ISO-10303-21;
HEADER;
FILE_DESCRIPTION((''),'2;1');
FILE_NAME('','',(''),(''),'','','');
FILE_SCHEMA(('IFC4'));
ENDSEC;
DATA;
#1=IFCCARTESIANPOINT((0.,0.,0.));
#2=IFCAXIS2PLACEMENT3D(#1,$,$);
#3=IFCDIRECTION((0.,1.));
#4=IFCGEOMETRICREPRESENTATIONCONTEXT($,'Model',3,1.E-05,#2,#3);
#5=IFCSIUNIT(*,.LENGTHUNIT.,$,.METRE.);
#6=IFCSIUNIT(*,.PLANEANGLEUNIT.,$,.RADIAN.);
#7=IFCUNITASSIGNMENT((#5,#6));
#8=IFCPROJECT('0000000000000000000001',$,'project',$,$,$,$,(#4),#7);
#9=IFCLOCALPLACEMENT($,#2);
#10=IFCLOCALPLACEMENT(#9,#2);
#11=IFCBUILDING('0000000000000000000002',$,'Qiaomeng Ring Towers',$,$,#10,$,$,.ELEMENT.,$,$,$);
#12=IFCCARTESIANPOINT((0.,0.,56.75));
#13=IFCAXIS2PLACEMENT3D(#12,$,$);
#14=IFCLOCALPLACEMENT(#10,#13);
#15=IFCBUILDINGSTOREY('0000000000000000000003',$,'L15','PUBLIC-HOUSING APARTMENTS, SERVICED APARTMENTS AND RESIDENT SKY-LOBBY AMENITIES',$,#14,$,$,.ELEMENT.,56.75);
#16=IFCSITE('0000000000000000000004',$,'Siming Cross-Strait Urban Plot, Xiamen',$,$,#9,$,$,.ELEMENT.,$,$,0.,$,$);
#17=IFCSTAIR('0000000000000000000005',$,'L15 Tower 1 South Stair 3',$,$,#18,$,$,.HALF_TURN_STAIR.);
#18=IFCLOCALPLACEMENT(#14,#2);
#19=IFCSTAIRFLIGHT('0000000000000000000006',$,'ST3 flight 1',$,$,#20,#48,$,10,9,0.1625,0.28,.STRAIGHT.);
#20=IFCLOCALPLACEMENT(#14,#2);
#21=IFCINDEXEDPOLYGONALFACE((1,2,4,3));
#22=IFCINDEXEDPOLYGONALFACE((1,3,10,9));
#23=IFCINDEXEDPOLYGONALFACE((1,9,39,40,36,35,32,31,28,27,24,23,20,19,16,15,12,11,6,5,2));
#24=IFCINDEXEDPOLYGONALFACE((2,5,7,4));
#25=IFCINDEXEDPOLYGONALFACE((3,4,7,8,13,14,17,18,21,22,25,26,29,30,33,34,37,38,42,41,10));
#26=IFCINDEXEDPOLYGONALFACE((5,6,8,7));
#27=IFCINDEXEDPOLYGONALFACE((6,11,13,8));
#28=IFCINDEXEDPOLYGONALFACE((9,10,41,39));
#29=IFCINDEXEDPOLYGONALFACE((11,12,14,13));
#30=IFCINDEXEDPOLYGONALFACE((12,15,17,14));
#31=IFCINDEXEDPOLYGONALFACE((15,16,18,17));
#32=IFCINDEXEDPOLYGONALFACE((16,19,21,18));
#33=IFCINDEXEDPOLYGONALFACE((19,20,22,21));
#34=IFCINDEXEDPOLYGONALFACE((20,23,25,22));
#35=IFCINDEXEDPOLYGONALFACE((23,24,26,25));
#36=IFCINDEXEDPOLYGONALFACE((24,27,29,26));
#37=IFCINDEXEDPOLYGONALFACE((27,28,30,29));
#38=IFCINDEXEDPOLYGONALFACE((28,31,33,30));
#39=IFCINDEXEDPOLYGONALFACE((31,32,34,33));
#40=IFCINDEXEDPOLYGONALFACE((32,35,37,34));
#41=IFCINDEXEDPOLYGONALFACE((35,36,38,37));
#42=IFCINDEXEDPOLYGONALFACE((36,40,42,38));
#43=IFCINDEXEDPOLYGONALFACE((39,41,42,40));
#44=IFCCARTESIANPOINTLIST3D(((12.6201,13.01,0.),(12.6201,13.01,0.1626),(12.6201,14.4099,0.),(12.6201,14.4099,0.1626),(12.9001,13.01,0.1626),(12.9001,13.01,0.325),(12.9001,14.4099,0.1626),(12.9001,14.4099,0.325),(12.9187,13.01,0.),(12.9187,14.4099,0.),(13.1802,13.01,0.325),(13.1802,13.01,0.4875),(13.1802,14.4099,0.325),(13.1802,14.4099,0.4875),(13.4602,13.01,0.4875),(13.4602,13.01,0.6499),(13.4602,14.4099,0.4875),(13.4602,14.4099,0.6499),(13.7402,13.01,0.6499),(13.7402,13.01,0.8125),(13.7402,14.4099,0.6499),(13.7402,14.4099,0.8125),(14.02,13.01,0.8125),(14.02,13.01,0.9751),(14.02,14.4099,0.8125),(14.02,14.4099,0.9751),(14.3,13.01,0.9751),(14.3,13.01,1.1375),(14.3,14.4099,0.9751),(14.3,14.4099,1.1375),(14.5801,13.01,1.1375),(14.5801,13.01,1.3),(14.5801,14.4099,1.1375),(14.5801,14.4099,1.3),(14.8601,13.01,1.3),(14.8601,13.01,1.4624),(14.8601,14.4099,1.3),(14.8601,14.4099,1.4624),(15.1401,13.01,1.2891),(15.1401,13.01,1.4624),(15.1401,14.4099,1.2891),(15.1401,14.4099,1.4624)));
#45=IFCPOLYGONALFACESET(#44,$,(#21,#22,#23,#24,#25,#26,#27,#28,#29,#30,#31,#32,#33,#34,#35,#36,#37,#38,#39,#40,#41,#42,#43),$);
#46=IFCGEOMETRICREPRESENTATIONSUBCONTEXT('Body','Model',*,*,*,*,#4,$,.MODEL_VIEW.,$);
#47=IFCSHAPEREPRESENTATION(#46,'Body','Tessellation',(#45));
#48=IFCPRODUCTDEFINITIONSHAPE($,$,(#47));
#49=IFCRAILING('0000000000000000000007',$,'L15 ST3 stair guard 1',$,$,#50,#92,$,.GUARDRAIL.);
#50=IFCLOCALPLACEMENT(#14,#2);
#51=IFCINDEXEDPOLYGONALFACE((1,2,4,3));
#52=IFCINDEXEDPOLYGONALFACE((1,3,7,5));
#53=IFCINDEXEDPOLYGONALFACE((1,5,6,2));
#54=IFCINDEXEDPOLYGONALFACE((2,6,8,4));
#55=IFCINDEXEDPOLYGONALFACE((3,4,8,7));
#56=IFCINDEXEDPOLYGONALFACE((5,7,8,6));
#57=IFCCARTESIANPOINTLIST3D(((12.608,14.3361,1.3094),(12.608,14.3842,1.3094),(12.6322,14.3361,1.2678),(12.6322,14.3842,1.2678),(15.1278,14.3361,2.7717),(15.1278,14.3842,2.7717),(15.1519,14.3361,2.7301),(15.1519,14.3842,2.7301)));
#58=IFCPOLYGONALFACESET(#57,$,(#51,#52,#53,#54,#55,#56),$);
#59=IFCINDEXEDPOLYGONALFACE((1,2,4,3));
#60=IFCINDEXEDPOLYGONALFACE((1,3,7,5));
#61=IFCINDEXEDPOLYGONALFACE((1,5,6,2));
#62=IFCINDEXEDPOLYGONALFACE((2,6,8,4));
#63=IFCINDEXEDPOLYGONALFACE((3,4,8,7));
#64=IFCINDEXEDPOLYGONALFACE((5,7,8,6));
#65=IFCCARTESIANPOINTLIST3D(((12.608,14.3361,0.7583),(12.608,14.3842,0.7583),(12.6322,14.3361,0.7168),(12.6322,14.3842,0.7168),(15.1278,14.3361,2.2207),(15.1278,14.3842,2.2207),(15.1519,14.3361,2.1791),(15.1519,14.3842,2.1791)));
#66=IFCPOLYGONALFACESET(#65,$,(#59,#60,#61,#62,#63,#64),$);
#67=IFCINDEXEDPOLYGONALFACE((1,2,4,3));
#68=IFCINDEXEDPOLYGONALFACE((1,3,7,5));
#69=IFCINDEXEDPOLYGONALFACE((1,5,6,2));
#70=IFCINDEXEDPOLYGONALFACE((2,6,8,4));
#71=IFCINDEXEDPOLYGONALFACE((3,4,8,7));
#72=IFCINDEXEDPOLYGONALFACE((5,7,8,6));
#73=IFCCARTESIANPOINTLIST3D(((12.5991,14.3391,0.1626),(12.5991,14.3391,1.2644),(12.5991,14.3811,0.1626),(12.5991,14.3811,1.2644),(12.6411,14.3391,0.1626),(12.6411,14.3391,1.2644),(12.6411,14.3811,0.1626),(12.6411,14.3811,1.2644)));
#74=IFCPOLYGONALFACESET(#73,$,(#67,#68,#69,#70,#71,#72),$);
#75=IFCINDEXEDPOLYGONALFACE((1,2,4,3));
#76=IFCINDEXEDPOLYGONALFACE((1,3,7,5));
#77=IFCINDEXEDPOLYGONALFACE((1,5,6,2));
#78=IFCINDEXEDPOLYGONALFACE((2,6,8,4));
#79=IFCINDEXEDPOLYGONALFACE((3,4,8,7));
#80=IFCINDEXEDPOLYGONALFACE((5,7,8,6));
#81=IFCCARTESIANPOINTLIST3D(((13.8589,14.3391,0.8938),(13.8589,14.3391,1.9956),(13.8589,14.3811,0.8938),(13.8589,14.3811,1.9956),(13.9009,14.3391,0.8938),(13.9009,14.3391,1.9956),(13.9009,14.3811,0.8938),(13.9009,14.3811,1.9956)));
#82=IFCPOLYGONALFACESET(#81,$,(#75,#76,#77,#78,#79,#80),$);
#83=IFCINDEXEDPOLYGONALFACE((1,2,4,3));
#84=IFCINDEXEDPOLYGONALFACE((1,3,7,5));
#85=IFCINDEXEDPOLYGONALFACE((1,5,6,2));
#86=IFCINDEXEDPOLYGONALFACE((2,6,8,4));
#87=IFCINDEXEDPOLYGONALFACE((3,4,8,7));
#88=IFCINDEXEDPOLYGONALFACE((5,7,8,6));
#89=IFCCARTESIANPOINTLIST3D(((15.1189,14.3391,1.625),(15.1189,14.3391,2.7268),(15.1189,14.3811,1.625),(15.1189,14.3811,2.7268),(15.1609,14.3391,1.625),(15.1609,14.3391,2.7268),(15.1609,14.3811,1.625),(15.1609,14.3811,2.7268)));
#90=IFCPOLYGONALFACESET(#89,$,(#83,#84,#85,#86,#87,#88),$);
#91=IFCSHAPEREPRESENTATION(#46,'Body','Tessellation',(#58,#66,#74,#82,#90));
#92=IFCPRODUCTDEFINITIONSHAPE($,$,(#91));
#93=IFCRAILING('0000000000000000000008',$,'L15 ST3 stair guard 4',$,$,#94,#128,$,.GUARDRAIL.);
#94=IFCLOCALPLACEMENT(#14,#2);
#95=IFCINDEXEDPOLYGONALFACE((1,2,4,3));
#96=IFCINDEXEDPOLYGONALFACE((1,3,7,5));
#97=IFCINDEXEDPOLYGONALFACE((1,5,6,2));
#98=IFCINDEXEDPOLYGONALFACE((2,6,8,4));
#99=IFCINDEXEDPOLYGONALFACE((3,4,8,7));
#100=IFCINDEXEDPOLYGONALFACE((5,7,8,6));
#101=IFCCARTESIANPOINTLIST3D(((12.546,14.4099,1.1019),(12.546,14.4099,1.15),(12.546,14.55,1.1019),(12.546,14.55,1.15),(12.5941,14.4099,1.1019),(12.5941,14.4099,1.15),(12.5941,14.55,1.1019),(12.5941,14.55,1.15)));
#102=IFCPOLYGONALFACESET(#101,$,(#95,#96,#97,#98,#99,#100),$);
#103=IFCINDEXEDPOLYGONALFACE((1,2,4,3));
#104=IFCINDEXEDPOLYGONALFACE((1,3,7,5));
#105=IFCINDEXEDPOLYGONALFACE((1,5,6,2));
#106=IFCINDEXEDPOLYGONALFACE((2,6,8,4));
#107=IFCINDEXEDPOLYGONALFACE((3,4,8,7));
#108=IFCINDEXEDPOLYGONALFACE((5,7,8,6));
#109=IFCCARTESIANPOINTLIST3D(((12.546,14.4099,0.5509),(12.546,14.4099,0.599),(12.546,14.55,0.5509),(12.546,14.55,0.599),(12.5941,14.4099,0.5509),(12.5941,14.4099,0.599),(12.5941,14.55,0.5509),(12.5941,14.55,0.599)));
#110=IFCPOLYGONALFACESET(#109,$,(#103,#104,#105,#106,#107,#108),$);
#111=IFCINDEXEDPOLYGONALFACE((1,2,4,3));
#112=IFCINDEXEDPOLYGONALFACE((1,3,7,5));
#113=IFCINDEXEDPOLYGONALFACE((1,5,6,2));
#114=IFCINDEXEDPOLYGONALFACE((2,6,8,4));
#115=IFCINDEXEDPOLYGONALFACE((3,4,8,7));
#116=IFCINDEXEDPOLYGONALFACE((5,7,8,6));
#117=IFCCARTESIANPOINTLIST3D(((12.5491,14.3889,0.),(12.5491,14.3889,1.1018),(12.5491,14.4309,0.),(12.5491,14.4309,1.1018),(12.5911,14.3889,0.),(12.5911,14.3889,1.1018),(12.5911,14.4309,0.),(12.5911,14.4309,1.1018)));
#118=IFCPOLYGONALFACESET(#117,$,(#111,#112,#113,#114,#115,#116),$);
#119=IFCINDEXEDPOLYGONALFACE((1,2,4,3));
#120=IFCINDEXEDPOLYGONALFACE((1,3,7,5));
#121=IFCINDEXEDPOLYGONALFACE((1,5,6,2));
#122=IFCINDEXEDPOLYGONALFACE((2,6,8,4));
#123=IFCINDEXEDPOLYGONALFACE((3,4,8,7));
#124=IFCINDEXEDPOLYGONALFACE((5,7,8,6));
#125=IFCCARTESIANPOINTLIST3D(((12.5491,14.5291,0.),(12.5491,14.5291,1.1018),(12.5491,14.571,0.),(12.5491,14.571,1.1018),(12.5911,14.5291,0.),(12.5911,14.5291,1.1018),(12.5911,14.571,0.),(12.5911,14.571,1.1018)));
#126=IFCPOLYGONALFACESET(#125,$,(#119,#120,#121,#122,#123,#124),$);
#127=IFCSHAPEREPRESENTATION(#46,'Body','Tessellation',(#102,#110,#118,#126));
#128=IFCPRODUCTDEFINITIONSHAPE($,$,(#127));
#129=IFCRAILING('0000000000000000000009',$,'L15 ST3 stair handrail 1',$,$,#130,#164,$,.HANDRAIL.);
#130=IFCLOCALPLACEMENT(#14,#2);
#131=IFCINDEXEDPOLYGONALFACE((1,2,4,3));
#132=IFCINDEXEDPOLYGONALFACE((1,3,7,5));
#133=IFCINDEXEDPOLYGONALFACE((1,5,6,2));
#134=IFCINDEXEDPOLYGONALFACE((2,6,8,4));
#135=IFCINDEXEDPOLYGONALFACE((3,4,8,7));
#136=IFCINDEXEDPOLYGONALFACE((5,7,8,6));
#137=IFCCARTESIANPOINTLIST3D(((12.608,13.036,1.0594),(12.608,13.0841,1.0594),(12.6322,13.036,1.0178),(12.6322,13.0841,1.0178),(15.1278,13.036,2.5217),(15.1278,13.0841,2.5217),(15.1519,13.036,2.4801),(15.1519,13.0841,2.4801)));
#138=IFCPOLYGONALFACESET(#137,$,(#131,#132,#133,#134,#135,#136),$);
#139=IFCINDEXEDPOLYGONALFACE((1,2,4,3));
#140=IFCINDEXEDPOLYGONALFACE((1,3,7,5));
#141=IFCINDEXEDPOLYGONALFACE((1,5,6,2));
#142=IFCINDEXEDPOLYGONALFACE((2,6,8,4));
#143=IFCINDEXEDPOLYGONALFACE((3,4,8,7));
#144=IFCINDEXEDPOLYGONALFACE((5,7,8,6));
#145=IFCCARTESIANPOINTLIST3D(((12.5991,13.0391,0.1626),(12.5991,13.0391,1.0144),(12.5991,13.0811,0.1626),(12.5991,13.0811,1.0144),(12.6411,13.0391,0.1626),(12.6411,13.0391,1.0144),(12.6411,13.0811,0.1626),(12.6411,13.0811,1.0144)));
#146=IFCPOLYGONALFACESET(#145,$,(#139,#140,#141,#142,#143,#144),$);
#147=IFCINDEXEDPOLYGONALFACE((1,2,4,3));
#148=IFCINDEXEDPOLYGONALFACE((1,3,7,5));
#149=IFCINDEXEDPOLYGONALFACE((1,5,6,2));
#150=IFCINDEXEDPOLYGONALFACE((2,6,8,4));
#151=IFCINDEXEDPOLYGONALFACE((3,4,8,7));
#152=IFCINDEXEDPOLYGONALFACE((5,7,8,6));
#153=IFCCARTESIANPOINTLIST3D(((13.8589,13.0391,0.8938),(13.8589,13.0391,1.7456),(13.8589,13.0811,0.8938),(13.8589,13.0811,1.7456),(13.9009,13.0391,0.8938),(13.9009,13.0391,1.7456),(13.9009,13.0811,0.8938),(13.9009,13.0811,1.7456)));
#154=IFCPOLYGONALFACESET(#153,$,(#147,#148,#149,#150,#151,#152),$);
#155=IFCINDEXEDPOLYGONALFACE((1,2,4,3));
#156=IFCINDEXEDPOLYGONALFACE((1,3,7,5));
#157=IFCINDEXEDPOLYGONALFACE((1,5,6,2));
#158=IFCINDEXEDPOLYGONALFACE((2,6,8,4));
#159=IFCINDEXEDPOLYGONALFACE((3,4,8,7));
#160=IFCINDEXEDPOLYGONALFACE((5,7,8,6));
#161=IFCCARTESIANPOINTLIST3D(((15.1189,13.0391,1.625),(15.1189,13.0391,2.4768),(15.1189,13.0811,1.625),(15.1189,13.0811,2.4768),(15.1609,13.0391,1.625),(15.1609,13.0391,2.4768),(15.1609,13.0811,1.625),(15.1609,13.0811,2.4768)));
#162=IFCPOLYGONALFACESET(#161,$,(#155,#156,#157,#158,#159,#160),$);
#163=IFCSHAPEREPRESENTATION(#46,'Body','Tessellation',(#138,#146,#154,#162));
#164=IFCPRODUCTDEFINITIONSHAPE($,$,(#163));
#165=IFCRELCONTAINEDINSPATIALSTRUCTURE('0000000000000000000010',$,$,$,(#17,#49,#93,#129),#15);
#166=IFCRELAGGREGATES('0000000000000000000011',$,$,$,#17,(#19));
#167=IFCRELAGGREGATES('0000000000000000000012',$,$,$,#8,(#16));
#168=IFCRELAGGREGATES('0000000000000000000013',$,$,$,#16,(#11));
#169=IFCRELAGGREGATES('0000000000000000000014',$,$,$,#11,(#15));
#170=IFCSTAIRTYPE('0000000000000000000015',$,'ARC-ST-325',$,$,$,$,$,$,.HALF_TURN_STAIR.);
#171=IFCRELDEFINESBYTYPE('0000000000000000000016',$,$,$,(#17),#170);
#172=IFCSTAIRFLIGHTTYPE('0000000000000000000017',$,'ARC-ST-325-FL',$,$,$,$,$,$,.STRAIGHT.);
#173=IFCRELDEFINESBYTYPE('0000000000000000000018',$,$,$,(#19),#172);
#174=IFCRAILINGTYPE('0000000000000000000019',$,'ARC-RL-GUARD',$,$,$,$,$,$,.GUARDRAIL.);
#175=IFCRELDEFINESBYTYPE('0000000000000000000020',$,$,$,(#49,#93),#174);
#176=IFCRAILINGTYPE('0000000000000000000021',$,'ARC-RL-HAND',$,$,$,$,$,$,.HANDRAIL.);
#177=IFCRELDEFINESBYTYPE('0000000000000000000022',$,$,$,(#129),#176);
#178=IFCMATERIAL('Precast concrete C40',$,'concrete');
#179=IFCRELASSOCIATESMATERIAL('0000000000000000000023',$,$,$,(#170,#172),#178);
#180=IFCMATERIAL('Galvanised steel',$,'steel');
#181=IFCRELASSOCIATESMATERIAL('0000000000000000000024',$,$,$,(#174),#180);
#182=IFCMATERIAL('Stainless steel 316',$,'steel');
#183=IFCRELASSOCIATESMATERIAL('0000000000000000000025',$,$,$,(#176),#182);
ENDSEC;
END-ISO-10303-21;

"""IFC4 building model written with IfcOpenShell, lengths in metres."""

from ifc_helpers import new_model, si_unit, direction, frame, origin, origin_2d, place, context, subcontext, project, spatial, polyline, rectangle, outline, extrude, source, transform, mapped, material, type_object, element, aggregate, save


model = new_model("IFC4")

# Units and contexts
model_context = context("Model", 3, precision=1e-05, world=origin(), true_north=direction((0.0, 1.0)))
body_context = subcontext(model_context, "Body", "Model", "MODEL_VIEW")
ifc_project = project(units=[si_unit("LENGTHUNIT", "METRE"), si_unit("PLANEANGLEUNIT", "RADIAN")], contexts=[model_context])

# Site, building, storey
site_placement = place(None, origin())
site = spatial("IfcSite", under=ifc_project, at=site_placement, Name="Siming Cross-Strait Urban Plot, Xiamen", CompositionType="ELEMENT", RefElevation=0.0)
building_placement = place(site_placement, origin())
building = spatial("IfcBuilding", under=site, at=building_placement, Name="Qiaomeng Ring Towers", CompositionType="ELEMENT")
storey_placement = place(building_placement, frame((0.0, 0.0, 56.75)))
storey = spatial("IfcBuildingStorey", under=building, at=storey_placement, Name="L15", Description="PUBLIC-HOUSING APARTMENTS, SERVICED APARTMENTS AND RESIDENT SKY-LOBBY AMENITIES", CompositionType="ELEMENT", Elevation=56.75)

# Shared definitions
ifc_material_1 = material(Name="Galvanised steel", Category="steel")

# Shared definitions
ifc_material_2 = material(Name="Stainless steel 316", Category="steel")

# Stair, stair flight
ifc_material_3 = material(Name="Precast concrete C40", Category="concrete")
stair_type = type_object("IfcStairType", Name="ARC-ST-325", PredefinedType="HALF_TURN_STAIR", material=ifc_material_3)
stair_placement = place(storey_placement, origin())
stair = element("IfcStair", 1, at=stair_placement, inside=storey, type_object=stair_type, Name="L15 Tower 1 South Stair 3", PredefinedType="HALF_TURN_STAIR")
stair_flight_type = type_object("IfcStairFlightType", Name="ARC-ST-325-FL", PredefinedType="STRAIGHT", material=ifc_material_3)
shared_shape_1 = source(origin(), body_context, "Body", "SweptSolid", [
    extrude(outline(polyline([(0.0, 0.0), (0.0, 0.1626), (0.28, 0.1626), (0.28, 0.325), (0.5601, 0.325), (0.5601, 0.4875), (0.8401, 0.4875), (0.8401, 0.6499), (1.1201, 0.6499), (1.1201, 0.8125), (1.3999, 0.8125), (1.3999, 0.9751), (1.6799, 0.9751), (1.6799, 1.1375), (1.96, 1.1375), (1.96, 1.3), (2.24, 1.3), (2.24, 1.4624), (2.52, 1.4624), (2.52, 1.625), (2.52, 1.2891), (0.2986, 0.0), (0.0, 0.0)])), frame((0.0, 0.7, 0.0), z_axis=(0.0, -1.0, 0.0), x_axis=(1.0, 0.0, 0.0)), (0.0, 0.0, 1.0), 1.3999),
])
stair_flight_placement = place(storey_placement, frame((12.6201, 13.71, 0.0), z_axis=(0.0, 0.0, 1.0), x_axis=(1.0, 0.0, 0.0)))
stair_flight = element("IfcStairFlight", 2, at=stair_flight_placement, type_object=stair_flight_type, Name="ST3 flight 1", NumberOfRisers=10, NumberOfTreads=9, PredefinedType="STRAIGHT", RiserHeight=0.1625, TreadLength=0.28, context=body_context, shape_type="MappedRepresentation", body=[
    mapped(shared_shape_1, transform((0.0, 0.0, 0.0), x_axis=(1.0, 0.0, 0.0), y_axis=(0.0, 1.0, 0.0), z_axis=(0.0, 0.0, 1.0), scale=1.0)),
])
aggregate(stair, [stair_flight])

# Railings
railing_type_1 = type_object("IfcRailingType", Name="ARC-RL-GUARD", PredefinedType="GUARDRAIL", material=ifc_material_1)
railing_1_placement = place(storey_placement, frame((12.6201, 14.3601, 0.1626)))
element("IfcRailing", 3, at=railing_1_placement, inside=storey, type_object=railing_type_1, Name="L15 ST3 stair guard 1", PredefinedType="GUARDRAIL", context=body_context, shape_type="SweptSolid", body=[
    extrude(rectangle(XDim=0.0481, YDim=0.0481, at=origin_2d()), frame((0.0, 0.0, 1.126), z_axis=(0.864892, 0.0, 0.501958), x_axis=(0.0, 1.0, 0.0)), (0.0, 0.0, 1.0), 2.9133),
    extrude(rectangle(XDim=0.0481, YDim=0.0481, at=origin_2d()), frame((0.0, 0.0, 0.575), z_axis=(0.864892, 0.0, 0.501958), x_axis=(0.0, 1.0, 0.0)), (0.0, 0.0, 1.0), 2.9133),
    extrude(rectangle(XDim=0.042, YDim=0.042, at=origin_2d()), origin(), (0.0, 0.0, 1.0), 1.1018),
    extrude(rectangle(XDim=0.042, YDim=0.042, at=origin_2d()), frame((1.2598, 0.0, 0.7312)), (0.0, 0.0, 1.0), 1.1018),
    extrude(rectangle(XDim=0.042, YDim=0.042, at=origin_2d()), frame((2.5198, 0.0, 1.4624)), (0.0, 0.0, 1.0), 1.1018),
])
railing_2_placement = place(storey_placement, frame((12.5701, 14.4099, 0.0)))
element("IfcRailing", 4, at=railing_2_placement, inside=storey, type_object=railing_type_1, Name="L15 ST3 stair guard 4", PredefinedType="GUARDRAIL", context=body_context, shape_type="SweptSolid", body=[
    extrude(rectangle(XDim=0.0481, YDim=0.0481, at=origin_2d()), frame((0.0, 0.0, 1.126), z_axis=(0.0, 1.0, 0.0), x_axis=(-1.0, 0.0, 0.0)), (0.0, 0.0, 1.0), 0.1401),
    extrude(rectangle(XDim=0.0481, YDim=0.0481, at=origin_2d()), frame((0.0, 0.0, 0.575), z_axis=(0.0, 1.0, 0.0), x_axis=(-1.0, 0.0, 0.0)), (0.0, 0.0, 1.0), 0.1401),
    extrude(rectangle(XDim=0.042, YDim=0.042, at=origin_2d()), origin(), (0.0, 0.0, 1.0), 1.1018),
    extrude(rectangle(XDim=0.042, YDim=0.042, at=origin_2d()), frame((0.0, 0.1401, 0.0)), (0.0, 0.0, 1.0), 1.1018),
])
railing_type_2 = type_object("IfcRailingType", Name="ARC-RL-HAND", PredefinedType="HANDRAIL", material=ifc_material_2)
railing_3_placement = place(storey_placement, frame((12.6201, 13.0601, 0.1626)))
element("IfcRailing", 5, at=railing_3_placement, inside=storey, type_object=railing_type_2, Name="L15 ST3 stair handrail 1", PredefinedType="HANDRAIL", context=body_context, shape_type="SweptSolid", body=[
    extrude(rectangle(XDim=0.0481, YDim=0.0481, at=origin_2d()), frame((0.0, 0.0, 0.876), z_axis=(0.864892, 0.0, 0.501958), x_axis=(0.0, 1.0, 0.0)), (0.0, 0.0, 1.0), 2.9133),
    extrude(rectangle(XDim=0.042, YDim=0.042, at=origin_2d()), origin(), (0.0, 0.0, 1.0), 0.8518),
    extrude(rectangle(XDim=0.042, YDim=0.042, at=origin_2d()), frame((1.2598, 0.0, 0.7312)), (0.0, 0.0, 1.0), 0.8518),
    extrude(rectangle(XDim=0.042, YDim=0.042, at=origin_2d()), frame((2.5198, 0.0, 1.4624)), (0.0, 0.0, 1.0), 0.8518),
])

save(model, "model.ifc")
